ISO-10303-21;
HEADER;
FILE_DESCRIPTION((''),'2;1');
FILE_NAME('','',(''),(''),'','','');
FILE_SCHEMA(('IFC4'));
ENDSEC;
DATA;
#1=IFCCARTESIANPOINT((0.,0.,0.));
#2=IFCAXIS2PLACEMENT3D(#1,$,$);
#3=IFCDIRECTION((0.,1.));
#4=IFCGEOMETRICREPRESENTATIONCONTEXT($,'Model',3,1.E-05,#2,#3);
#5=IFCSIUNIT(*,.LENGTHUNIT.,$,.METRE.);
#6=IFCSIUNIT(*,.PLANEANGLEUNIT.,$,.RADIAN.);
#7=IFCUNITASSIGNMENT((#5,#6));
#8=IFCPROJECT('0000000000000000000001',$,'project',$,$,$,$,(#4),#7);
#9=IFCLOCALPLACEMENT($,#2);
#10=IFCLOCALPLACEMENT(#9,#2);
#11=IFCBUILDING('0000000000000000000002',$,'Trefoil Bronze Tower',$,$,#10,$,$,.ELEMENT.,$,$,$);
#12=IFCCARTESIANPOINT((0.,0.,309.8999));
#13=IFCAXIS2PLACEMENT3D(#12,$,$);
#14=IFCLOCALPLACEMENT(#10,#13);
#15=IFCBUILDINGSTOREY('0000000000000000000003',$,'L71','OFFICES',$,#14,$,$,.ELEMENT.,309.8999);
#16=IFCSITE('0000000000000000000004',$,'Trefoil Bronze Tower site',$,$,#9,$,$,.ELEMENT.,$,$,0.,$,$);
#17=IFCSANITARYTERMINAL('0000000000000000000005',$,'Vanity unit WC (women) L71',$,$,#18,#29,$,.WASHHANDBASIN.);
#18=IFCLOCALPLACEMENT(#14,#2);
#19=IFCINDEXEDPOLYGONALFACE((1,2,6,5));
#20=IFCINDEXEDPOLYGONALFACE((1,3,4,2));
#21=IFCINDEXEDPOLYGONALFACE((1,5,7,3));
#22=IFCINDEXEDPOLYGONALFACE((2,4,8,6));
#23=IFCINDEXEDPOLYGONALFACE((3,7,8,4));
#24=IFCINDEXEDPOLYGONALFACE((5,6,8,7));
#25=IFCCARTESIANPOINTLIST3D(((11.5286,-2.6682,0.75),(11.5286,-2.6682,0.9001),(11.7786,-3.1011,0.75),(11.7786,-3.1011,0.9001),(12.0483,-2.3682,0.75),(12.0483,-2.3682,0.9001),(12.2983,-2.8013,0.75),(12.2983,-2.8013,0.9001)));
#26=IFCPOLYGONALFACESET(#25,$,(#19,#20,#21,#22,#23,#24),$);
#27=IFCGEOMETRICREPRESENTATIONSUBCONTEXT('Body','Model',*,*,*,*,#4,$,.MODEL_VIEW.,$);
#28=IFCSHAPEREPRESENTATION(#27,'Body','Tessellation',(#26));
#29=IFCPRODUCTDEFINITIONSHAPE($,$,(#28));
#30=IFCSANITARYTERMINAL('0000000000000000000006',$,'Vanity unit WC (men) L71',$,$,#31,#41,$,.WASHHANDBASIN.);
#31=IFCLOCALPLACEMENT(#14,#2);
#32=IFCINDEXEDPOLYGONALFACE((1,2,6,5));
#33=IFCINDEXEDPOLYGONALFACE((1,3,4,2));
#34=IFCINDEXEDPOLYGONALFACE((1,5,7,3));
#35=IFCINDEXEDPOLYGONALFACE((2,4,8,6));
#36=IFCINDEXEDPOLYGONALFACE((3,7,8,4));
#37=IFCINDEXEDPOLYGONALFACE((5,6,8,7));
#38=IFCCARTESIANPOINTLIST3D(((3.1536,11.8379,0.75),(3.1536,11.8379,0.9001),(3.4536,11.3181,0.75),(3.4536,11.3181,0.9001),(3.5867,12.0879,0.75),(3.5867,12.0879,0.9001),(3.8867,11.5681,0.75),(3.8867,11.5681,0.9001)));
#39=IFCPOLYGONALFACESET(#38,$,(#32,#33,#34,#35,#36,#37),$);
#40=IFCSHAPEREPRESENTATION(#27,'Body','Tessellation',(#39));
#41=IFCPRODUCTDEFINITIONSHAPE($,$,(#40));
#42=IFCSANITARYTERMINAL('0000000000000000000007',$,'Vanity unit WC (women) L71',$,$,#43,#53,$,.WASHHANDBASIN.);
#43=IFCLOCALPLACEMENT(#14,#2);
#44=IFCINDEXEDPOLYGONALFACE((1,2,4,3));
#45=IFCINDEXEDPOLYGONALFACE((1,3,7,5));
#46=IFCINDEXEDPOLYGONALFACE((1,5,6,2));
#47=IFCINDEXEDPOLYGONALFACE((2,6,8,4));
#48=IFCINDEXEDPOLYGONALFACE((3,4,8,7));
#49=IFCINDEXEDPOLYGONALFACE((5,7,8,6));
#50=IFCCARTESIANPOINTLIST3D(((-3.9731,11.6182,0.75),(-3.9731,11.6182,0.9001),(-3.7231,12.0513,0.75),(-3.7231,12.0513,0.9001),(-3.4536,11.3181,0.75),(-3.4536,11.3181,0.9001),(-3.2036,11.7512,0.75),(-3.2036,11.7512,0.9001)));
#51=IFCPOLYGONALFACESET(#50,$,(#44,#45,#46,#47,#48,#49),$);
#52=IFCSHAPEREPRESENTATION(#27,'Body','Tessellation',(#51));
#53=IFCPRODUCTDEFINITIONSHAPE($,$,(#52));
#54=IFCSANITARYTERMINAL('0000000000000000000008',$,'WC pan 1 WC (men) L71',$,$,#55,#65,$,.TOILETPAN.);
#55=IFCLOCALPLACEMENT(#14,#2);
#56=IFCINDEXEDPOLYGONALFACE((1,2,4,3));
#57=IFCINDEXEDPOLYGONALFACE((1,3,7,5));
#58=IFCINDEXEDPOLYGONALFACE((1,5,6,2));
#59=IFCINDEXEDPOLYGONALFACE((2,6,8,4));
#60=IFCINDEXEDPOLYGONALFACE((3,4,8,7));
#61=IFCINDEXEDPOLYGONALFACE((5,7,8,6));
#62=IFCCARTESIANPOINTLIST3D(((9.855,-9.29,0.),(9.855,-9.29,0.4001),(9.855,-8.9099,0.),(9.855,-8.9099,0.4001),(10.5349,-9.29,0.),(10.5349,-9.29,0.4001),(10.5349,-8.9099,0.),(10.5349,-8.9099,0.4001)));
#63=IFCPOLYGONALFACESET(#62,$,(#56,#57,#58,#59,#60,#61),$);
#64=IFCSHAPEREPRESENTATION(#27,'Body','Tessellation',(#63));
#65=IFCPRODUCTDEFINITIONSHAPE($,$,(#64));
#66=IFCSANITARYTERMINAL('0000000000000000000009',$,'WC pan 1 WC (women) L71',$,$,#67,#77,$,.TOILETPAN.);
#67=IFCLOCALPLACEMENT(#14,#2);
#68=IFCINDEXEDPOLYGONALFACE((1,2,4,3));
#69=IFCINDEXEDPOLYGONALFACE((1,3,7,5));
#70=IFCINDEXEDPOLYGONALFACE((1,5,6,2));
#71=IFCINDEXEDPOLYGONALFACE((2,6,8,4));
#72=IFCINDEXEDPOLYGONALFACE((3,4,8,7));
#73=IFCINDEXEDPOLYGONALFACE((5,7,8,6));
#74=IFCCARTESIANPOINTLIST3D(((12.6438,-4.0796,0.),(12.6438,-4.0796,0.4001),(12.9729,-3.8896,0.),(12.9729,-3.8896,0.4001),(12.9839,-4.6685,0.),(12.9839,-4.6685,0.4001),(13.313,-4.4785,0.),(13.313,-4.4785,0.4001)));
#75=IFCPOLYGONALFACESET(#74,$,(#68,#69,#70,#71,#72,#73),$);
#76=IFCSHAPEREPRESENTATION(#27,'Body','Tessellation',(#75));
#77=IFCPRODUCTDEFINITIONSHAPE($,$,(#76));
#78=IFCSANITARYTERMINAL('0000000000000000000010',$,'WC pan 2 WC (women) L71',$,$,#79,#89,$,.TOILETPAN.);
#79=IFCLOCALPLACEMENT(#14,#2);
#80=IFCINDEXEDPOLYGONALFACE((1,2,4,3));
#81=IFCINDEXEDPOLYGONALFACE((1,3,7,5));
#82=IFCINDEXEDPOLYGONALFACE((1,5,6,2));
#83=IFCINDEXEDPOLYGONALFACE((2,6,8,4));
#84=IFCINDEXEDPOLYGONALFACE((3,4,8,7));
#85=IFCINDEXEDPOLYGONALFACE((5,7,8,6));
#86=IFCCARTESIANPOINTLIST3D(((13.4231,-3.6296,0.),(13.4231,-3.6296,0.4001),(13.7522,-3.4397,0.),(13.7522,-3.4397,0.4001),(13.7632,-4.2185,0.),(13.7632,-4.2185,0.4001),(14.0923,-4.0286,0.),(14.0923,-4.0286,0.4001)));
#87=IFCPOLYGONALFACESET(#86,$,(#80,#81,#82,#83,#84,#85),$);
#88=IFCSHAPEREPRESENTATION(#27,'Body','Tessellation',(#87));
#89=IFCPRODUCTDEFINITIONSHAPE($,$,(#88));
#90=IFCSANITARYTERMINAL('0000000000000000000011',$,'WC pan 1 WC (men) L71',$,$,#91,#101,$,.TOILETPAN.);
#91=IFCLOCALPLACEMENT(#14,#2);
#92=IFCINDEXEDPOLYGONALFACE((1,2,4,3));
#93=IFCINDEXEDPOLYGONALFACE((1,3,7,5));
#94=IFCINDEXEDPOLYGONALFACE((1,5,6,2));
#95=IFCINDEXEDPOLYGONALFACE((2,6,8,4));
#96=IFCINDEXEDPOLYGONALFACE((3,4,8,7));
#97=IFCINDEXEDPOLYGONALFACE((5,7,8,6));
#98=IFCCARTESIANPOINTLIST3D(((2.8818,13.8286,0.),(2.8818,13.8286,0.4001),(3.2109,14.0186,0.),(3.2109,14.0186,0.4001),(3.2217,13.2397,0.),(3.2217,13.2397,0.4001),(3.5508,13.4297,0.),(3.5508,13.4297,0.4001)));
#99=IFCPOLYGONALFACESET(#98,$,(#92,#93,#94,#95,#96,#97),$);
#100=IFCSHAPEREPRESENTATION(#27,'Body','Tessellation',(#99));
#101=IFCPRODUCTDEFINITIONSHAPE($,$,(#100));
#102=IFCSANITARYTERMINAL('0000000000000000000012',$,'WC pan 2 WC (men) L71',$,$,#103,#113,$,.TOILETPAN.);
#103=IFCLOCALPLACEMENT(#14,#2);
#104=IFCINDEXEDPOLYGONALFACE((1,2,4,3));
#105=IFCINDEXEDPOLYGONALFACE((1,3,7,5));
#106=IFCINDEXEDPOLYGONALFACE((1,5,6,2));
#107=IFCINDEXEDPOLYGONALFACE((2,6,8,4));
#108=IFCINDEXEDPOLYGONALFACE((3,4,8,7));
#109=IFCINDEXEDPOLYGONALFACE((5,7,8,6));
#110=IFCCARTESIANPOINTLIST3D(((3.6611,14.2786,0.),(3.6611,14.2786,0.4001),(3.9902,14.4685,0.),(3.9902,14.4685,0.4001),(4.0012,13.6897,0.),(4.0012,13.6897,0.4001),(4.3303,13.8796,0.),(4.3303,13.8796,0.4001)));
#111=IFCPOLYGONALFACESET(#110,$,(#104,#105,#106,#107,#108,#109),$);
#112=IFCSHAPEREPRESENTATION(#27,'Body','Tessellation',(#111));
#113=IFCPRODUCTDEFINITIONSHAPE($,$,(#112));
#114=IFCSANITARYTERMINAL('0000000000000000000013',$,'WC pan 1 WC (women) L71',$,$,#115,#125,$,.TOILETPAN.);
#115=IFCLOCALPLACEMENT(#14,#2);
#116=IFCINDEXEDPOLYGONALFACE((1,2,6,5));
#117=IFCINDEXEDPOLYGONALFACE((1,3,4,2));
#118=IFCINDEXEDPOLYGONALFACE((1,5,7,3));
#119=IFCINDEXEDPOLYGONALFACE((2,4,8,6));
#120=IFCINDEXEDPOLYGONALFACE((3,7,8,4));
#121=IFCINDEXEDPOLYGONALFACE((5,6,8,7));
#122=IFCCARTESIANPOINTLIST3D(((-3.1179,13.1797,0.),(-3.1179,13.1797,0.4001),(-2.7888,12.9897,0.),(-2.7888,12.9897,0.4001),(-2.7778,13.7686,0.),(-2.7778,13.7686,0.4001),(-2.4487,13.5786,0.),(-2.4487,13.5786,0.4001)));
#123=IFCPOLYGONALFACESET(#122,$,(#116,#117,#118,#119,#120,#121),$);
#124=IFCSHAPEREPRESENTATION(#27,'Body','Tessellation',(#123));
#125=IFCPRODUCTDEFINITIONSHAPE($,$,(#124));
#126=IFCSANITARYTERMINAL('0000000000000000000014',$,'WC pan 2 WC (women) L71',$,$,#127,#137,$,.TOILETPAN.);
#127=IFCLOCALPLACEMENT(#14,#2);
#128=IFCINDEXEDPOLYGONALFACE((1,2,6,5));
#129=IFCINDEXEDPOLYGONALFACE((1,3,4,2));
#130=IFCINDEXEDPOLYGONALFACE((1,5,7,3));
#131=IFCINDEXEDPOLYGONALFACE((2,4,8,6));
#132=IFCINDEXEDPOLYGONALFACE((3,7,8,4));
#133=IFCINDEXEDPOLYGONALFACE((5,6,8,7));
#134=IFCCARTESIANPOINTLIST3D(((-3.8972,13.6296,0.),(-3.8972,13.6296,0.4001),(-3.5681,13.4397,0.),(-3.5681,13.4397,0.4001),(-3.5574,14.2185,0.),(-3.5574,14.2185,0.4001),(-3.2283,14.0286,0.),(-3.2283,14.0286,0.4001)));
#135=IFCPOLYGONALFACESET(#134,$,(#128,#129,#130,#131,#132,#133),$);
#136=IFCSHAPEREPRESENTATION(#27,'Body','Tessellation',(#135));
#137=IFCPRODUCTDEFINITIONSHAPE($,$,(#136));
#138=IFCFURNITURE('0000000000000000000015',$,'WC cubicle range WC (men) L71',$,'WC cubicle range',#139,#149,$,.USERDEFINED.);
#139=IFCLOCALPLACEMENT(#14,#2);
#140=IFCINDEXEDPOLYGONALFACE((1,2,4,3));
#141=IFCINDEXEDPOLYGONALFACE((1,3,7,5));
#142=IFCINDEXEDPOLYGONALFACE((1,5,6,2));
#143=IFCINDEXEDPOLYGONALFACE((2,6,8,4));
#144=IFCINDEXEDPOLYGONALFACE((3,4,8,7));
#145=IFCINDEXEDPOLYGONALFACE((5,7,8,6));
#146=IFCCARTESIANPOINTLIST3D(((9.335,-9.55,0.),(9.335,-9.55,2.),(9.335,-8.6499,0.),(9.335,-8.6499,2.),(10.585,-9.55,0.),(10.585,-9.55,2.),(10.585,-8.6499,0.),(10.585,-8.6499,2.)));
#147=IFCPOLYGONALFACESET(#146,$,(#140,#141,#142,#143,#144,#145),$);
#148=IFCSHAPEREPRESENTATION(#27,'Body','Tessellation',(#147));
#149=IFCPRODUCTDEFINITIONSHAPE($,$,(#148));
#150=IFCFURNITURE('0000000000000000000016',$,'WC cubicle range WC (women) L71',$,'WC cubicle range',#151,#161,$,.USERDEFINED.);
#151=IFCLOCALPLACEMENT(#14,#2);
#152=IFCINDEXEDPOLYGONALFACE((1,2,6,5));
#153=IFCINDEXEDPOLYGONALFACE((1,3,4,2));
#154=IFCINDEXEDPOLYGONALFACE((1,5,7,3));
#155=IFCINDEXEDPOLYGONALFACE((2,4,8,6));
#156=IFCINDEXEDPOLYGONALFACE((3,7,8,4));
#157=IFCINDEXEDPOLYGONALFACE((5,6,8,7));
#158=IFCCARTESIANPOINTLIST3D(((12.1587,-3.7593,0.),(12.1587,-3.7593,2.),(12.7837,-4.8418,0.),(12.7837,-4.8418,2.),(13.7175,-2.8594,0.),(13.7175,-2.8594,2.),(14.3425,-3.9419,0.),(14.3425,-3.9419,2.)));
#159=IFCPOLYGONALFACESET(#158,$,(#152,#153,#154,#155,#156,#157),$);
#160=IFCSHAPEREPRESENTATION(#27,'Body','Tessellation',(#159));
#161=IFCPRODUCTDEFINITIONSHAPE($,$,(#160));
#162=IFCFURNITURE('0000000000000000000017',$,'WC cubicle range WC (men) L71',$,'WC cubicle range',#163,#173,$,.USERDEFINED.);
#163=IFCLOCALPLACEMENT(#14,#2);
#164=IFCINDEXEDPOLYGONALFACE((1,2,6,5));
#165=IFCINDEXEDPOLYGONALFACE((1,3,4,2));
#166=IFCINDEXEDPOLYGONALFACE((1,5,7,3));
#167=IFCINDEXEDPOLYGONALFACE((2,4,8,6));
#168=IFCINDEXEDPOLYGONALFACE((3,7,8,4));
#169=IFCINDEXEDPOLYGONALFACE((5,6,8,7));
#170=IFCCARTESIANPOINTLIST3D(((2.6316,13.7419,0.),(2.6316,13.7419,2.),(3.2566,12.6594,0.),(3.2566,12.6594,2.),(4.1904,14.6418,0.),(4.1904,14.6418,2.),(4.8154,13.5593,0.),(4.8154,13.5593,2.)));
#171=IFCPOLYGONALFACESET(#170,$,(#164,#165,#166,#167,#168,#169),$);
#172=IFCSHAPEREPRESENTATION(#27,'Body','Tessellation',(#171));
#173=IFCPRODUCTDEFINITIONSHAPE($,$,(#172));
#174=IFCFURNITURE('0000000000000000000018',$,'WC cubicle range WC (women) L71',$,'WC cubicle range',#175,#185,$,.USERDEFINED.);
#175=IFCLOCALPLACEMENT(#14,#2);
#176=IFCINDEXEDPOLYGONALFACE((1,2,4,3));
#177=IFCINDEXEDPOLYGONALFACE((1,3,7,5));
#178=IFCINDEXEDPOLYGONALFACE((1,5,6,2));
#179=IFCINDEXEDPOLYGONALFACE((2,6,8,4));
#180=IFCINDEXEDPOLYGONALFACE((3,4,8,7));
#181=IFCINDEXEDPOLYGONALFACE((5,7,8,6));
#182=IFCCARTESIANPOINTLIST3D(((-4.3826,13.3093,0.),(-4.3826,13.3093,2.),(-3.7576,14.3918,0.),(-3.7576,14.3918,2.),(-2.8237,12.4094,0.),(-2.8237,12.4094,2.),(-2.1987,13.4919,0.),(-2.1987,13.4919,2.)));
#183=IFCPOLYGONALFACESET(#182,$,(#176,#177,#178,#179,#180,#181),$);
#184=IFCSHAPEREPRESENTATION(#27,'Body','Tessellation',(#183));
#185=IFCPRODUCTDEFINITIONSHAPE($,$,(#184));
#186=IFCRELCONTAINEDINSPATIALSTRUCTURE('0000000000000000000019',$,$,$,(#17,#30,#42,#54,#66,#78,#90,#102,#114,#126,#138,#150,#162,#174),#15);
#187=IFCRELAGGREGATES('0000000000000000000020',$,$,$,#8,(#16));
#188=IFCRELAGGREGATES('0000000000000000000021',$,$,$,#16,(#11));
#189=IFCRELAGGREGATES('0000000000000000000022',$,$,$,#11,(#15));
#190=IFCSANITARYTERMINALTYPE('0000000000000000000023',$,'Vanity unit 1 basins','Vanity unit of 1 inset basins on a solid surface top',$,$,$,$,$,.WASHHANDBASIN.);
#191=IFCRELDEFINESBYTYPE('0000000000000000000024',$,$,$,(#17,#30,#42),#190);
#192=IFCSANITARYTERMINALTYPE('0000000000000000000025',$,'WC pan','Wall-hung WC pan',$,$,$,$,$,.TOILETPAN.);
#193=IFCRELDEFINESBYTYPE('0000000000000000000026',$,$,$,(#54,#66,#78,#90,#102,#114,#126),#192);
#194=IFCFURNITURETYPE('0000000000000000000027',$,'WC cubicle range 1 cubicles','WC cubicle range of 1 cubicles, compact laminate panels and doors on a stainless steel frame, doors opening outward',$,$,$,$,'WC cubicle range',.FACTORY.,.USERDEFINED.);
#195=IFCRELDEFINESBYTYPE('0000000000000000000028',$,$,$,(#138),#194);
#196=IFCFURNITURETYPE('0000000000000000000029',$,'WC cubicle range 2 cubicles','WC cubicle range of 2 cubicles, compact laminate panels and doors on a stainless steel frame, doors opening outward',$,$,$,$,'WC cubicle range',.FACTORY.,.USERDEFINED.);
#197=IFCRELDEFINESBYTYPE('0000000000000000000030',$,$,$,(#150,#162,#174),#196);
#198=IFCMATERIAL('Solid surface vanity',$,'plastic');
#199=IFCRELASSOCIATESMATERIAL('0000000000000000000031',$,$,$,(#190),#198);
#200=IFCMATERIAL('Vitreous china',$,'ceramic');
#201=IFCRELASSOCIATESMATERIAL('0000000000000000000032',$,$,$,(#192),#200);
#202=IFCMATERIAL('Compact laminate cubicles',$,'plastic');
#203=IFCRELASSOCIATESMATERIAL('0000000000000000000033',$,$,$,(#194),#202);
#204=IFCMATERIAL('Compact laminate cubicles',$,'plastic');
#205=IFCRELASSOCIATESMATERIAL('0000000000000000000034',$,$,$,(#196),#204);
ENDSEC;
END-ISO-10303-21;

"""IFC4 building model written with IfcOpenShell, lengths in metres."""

from ifc_helpers import new_model, si_unit, direction, frame, origin, place, context, subcontext, project, spatial, polyline, outline, extrude, material, type_object, element, save


model = new_model("IFC4")

# Units and contexts
model_context = context("Model", 3, precision=1e-05, world=origin(), true_north=direction((0.0, 1.0)))
body_context = subcontext(model_context, "Body", "Model", "MODEL_VIEW")
ifc_project = project(units=[si_unit("LENGTHUNIT", "METRE"), si_unit("PLANEANGLEUNIT", "RADIAN")], contexts=[model_context])

# Site, building, storey
site_placement = place(None, origin())
site = spatial("IfcSite", under=ifc_project, at=site_placement, Name="Trefoil Bronze Tower site", CompositionType="ELEMENT", RefElevation=0.0)
building_placement = place(site_placement, origin())
building = spatial("IfcBuilding", under=site, at=building_placement, Name="Trefoil Bronze Tower", CompositionType="ELEMENT")
storey_placement = place(building_placement, frame((0.0, 0.0, 309.8999)))
storey = spatial("IfcBuildingStorey", under=building, at=storey_placement, Name="L71", Description="OFFICES", CompositionType="ELEMENT", Elevation=309.8999)

# Sanitary terminals
ifc_material_1 = material(Name="Solid surface vanity", Category="plastic")
sanitary_terminal_type_1 = type_object("IfcSanitaryTerminalType", Name="Vanity unit 1 basins", Description="Vanity unit of 1 inset basins on a solid surface top", PredefinedType="WASHHANDBASIN", material=ifc_material_1)
sanitary_terminal_1_placement = place(storey_placement, frame((0.0, 0.0, 0.75)))
element("IfcSanitaryTerminal", 1, at=sanitary_terminal_1_placement, inside=storey, type_object=sanitary_terminal_type_1, Name="Vanity unit WC (women) L71", PredefinedType="WASHHANDBASIN", context=body_context, shape_type="SweptSolid", body=[
    extrude(outline(polyline([(11.5286, -2.6682), (11.7786, -3.1011), (12.2983, -2.8013), (12.0483, -2.3682), (11.5286, -2.6682)])), origin(), (0.0, 0.0, 1.0), 0.1501),
])
sanitary_terminal_2_placement = place(storey_placement, frame((0.0, 0.0, 0.75)))
element("IfcSanitaryTerminal", 2, at=sanitary_terminal_2_placement, inside=storey, type_object=sanitary_terminal_type_1, Name="Vanity unit WC (men) L71", PredefinedType="WASHHANDBASIN", context=body_context, shape_type="SweptSolid", body=[
    extrude(outline(polyline([(3.4536, 11.3181), (3.1536, 11.8379), (3.5867, 12.0879), (3.8867, 11.5681), (3.4536, 11.3181)])), origin(), (0.0, 0.0, 1.0), 0.1501),
])
sanitary_terminal_3_placement = place(storey_placement, frame((0.0, 0.0, 0.75)))
element("IfcSanitaryTerminal", 3, at=sanitary_terminal_3_placement, inside=storey, type_object=sanitary_terminal_type_1, Name="Vanity unit WC (women) L71", PredefinedType="WASHHANDBASIN", context=body_context, shape_type="SweptSolid", body=[
    extrude(outline(polyline([(-3.4536, 11.3181), (-3.2036, 11.7512), (-3.7231, 12.0513), (-3.9731, 11.6182), (-3.4536, 11.3181)])), origin(), (0.0, 0.0, 1.0), 0.1501),
])
ifc_material_2 = material(Name="Vitreous china", Category="ceramic")
sanitary_terminal_type_2 = type_object("IfcSanitaryTerminalType", Name="WC pan", Description="Wall-hung WC pan", PredefinedType="TOILETPAN", material=ifc_material_2)
sanitary_terminal_4_placement = place(storey_placement, origin())
element("IfcSanitaryTerminal", 4, at=sanitary_terminal_4_placement, inside=storey, type_object=sanitary_terminal_type_2, Name="WC pan 1 WC (men) L71", PredefinedType="TOILETPAN", context=body_context, shape_type="SweptSolid", body=[
    extrude(outline(polyline([(9.855, -8.9099), (10.5349, -8.9099), (10.5349, -9.29), (9.855, -9.29), (9.855, -8.9099)])), origin(), (0.0, 0.0, 1.0), 0.4001),
])
sanitary_terminal_5_placement = place(storey_placement, origin())
element("IfcSanitaryTerminal", 5, at=sanitary_terminal_5_placement, inside=storey, type_object=sanitary_terminal_type_2, Name="WC pan 1 WC (women) L71", PredefinedType="TOILETPAN", context=body_context, shape_type="SweptSolid", body=[
    extrude(outline(polyline([(12.6438, -4.0796), (12.9839, -4.6685), (13.313, -4.4785), (12.9729, -3.8896), (12.6438, -4.0796)])), origin(), (0.0, 0.0, 1.0), 0.4001),
])
sanitary_terminal_6_placement = place(storey_placement, origin())
element("IfcSanitaryTerminal", 6, at=sanitary_terminal_6_placement, inside=storey, type_object=sanitary_terminal_type_2, Name="WC pan 2 WC (women) L71", PredefinedType="TOILETPAN", context=body_context, shape_type="SweptSolid", body=[
    extrude(outline(polyline([(13.4231, -3.6296), (13.7632, -4.2185), (14.0923, -4.0286), (13.7522, -3.4397), (13.4231, -3.6296)])), origin(), (0.0, 0.0, 1.0), 0.4001),
])
sanitary_terminal_7_placement = place(storey_placement, origin())
element("IfcSanitaryTerminal", 7, at=sanitary_terminal_7_placement, inside=storey, type_object=sanitary_terminal_type_2, Name="WC pan 1 WC (men) L71", PredefinedType="TOILETPAN", context=body_context, shape_type="SweptSolid", body=[
    extrude(outline(polyline([(3.2217, 13.2397), (2.8818, 13.8286), (3.2109, 14.0186), (3.5508, 13.4297), (3.2217, 13.2397)])), origin(), (0.0, 0.0, 1.0), 0.4001),
])
sanitary_terminal_8_placement = place(storey_placement, origin())
element("IfcSanitaryTerminal", 8, at=sanitary_terminal_8_placement, inside=storey, type_object=sanitary_terminal_type_2, Name="WC pan 2 WC (men) L71", PredefinedType="TOILETPAN", context=body_context, shape_type="SweptSolid", body=[
    extrude(outline(polyline([(4.0012, 13.6897), (3.6611, 14.2786), (3.9902, 14.4685), (4.3303, 13.8796), (4.0012, 13.6897)])), origin(), (0.0, 0.0, 1.0), 0.4001),
])
sanitary_terminal_9_placement = place(storey_placement, origin())
element("IfcSanitaryTerminal", 9, at=sanitary_terminal_9_placement, inside=storey, type_object=sanitary_terminal_type_2, Name="WC pan 1 WC (women) L71", PredefinedType="TOILETPAN", context=body_context, shape_type="SweptSolid", body=[
    extrude(outline(polyline([(-2.7888, 12.9897), (-2.4487, 13.5786), (-2.7778, 13.7686), (-3.1179, 13.1797), (-2.7888, 12.9897)])), origin(), (0.0, 0.0, 1.0), 0.4001),
])
sanitary_terminal_10_placement = place(storey_placement, origin())
element("IfcSanitaryTerminal", 10, at=sanitary_terminal_10_placement, inside=storey, type_object=sanitary_terminal_type_2, Name="WC pan 2 WC (women) L71", PredefinedType="TOILETPAN", context=body_context, shape_type="SweptSolid", body=[
    extrude(outline(polyline([(-3.5681, 13.4397), (-3.2283, 14.0286), (-3.5574, 14.2185), (-3.8972, 13.6296), (-3.5681, 13.4397)])), origin(), (0.0, 0.0, 1.0), 0.4001),
])

# Furniture
ifc_material_3 = material(Name="Compact laminate cubicles", Category="plastic")
furniture_type_1 = type_object("IfcFurnitureType", Name="WC cubicle range 1 cubicles", Description="WC cubicle range of 1 cubicles, compact laminate panels and doors on a stainless steel frame, doors opening outward", ElementType="WC cubicle range", AssemblyPlace="FACTORY", PredefinedType="USERDEFINED", material=ifc_material_3)
furniture_1_placement = place(storey_placement, origin())
element("IfcFurniture", 11, at=furniture_1_placement, inside=storey, type_object=furniture_type_1, Name="WC cubicle range WC (men) L71", ObjectType="WC cubicle range", PredefinedType="USERDEFINED", context=body_context, shape_type="SweptSolid", body=[
    extrude(outline(polyline([(9.335, -8.6499), (10.585, -8.6499), (10.585, -9.55), (9.335, -9.55), (9.335, -8.6499)])), origin(), (0.0, 0.0, 1.0), 2.0),
])
ifc_material_4 = material(Name="Compact laminate cubicles", Category="plastic")
furniture_type_2 = type_object("IfcFurnitureType", Name="WC cubicle range 2 cubicles", Description="WC cubicle range of 2 cubicles, compact laminate panels and doors on a stainless steel frame, doors opening outward", ElementType="WC cubicle range", AssemblyPlace="FACTORY", PredefinedType="USERDEFINED", material=ifc_material_4)
furniture_2_placement = place(storey_placement, origin())
element("IfcFurniture", 12, at=furniture_2_placement, inside=storey, type_object=furniture_type_2, Name="WC cubicle range WC (women) L71", ObjectType="WC cubicle range", PredefinedType="USERDEFINED", context=body_context, shape_type="SweptSolid", body=[
    extrude(outline(polyline([(12.1587, -3.7593), (12.7837, -4.8418), (14.3425, -3.9419), (13.7175, -2.8594), (12.1587, -3.7593)])), origin(), (0.0, 0.0, 1.0), 2.0),
])
furniture_3_placement = place(storey_placement, origin())
element("IfcFurniture", 13, at=furniture_3_placement, inside=storey, type_object=furniture_type_2, Name="WC cubicle range WC (men) L71", ObjectType="WC cubicle range", PredefinedType="USERDEFINED", context=body_context, shape_type="SweptSolid", body=[
    extrude(outline(polyline([(3.2566, 12.6594), (2.6316, 13.7419), (4.1904, 14.6418), (4.8154, 13.5593), (3.2566, 12.6594)])), origin(), (0.0, 0.0, 1.0), 2.0),
])
furniture_4_placement = place(storey_placement, origin())
element("IfcFurniture", 14, at=furniture_4_placement, inside=storey, type_object=furniture_type_2, Name="WC cubicle range WC (women) L71", ObjectType="WC cubicle range", PredefinedType="USERDEFINED", context=body_context, shape_type="SweptSolid", body=[
    extrude(outline(polyline([(-2.8237, 12.4094), (-2.1987, 13.4919), (-3.7576, 14.3918), (-4.3826, 13.3093), (-2.8237, 12.4094)])), origin(), (0.0, 0.0, 1.0), 2.0),
])

save(model, "model.ifc")
